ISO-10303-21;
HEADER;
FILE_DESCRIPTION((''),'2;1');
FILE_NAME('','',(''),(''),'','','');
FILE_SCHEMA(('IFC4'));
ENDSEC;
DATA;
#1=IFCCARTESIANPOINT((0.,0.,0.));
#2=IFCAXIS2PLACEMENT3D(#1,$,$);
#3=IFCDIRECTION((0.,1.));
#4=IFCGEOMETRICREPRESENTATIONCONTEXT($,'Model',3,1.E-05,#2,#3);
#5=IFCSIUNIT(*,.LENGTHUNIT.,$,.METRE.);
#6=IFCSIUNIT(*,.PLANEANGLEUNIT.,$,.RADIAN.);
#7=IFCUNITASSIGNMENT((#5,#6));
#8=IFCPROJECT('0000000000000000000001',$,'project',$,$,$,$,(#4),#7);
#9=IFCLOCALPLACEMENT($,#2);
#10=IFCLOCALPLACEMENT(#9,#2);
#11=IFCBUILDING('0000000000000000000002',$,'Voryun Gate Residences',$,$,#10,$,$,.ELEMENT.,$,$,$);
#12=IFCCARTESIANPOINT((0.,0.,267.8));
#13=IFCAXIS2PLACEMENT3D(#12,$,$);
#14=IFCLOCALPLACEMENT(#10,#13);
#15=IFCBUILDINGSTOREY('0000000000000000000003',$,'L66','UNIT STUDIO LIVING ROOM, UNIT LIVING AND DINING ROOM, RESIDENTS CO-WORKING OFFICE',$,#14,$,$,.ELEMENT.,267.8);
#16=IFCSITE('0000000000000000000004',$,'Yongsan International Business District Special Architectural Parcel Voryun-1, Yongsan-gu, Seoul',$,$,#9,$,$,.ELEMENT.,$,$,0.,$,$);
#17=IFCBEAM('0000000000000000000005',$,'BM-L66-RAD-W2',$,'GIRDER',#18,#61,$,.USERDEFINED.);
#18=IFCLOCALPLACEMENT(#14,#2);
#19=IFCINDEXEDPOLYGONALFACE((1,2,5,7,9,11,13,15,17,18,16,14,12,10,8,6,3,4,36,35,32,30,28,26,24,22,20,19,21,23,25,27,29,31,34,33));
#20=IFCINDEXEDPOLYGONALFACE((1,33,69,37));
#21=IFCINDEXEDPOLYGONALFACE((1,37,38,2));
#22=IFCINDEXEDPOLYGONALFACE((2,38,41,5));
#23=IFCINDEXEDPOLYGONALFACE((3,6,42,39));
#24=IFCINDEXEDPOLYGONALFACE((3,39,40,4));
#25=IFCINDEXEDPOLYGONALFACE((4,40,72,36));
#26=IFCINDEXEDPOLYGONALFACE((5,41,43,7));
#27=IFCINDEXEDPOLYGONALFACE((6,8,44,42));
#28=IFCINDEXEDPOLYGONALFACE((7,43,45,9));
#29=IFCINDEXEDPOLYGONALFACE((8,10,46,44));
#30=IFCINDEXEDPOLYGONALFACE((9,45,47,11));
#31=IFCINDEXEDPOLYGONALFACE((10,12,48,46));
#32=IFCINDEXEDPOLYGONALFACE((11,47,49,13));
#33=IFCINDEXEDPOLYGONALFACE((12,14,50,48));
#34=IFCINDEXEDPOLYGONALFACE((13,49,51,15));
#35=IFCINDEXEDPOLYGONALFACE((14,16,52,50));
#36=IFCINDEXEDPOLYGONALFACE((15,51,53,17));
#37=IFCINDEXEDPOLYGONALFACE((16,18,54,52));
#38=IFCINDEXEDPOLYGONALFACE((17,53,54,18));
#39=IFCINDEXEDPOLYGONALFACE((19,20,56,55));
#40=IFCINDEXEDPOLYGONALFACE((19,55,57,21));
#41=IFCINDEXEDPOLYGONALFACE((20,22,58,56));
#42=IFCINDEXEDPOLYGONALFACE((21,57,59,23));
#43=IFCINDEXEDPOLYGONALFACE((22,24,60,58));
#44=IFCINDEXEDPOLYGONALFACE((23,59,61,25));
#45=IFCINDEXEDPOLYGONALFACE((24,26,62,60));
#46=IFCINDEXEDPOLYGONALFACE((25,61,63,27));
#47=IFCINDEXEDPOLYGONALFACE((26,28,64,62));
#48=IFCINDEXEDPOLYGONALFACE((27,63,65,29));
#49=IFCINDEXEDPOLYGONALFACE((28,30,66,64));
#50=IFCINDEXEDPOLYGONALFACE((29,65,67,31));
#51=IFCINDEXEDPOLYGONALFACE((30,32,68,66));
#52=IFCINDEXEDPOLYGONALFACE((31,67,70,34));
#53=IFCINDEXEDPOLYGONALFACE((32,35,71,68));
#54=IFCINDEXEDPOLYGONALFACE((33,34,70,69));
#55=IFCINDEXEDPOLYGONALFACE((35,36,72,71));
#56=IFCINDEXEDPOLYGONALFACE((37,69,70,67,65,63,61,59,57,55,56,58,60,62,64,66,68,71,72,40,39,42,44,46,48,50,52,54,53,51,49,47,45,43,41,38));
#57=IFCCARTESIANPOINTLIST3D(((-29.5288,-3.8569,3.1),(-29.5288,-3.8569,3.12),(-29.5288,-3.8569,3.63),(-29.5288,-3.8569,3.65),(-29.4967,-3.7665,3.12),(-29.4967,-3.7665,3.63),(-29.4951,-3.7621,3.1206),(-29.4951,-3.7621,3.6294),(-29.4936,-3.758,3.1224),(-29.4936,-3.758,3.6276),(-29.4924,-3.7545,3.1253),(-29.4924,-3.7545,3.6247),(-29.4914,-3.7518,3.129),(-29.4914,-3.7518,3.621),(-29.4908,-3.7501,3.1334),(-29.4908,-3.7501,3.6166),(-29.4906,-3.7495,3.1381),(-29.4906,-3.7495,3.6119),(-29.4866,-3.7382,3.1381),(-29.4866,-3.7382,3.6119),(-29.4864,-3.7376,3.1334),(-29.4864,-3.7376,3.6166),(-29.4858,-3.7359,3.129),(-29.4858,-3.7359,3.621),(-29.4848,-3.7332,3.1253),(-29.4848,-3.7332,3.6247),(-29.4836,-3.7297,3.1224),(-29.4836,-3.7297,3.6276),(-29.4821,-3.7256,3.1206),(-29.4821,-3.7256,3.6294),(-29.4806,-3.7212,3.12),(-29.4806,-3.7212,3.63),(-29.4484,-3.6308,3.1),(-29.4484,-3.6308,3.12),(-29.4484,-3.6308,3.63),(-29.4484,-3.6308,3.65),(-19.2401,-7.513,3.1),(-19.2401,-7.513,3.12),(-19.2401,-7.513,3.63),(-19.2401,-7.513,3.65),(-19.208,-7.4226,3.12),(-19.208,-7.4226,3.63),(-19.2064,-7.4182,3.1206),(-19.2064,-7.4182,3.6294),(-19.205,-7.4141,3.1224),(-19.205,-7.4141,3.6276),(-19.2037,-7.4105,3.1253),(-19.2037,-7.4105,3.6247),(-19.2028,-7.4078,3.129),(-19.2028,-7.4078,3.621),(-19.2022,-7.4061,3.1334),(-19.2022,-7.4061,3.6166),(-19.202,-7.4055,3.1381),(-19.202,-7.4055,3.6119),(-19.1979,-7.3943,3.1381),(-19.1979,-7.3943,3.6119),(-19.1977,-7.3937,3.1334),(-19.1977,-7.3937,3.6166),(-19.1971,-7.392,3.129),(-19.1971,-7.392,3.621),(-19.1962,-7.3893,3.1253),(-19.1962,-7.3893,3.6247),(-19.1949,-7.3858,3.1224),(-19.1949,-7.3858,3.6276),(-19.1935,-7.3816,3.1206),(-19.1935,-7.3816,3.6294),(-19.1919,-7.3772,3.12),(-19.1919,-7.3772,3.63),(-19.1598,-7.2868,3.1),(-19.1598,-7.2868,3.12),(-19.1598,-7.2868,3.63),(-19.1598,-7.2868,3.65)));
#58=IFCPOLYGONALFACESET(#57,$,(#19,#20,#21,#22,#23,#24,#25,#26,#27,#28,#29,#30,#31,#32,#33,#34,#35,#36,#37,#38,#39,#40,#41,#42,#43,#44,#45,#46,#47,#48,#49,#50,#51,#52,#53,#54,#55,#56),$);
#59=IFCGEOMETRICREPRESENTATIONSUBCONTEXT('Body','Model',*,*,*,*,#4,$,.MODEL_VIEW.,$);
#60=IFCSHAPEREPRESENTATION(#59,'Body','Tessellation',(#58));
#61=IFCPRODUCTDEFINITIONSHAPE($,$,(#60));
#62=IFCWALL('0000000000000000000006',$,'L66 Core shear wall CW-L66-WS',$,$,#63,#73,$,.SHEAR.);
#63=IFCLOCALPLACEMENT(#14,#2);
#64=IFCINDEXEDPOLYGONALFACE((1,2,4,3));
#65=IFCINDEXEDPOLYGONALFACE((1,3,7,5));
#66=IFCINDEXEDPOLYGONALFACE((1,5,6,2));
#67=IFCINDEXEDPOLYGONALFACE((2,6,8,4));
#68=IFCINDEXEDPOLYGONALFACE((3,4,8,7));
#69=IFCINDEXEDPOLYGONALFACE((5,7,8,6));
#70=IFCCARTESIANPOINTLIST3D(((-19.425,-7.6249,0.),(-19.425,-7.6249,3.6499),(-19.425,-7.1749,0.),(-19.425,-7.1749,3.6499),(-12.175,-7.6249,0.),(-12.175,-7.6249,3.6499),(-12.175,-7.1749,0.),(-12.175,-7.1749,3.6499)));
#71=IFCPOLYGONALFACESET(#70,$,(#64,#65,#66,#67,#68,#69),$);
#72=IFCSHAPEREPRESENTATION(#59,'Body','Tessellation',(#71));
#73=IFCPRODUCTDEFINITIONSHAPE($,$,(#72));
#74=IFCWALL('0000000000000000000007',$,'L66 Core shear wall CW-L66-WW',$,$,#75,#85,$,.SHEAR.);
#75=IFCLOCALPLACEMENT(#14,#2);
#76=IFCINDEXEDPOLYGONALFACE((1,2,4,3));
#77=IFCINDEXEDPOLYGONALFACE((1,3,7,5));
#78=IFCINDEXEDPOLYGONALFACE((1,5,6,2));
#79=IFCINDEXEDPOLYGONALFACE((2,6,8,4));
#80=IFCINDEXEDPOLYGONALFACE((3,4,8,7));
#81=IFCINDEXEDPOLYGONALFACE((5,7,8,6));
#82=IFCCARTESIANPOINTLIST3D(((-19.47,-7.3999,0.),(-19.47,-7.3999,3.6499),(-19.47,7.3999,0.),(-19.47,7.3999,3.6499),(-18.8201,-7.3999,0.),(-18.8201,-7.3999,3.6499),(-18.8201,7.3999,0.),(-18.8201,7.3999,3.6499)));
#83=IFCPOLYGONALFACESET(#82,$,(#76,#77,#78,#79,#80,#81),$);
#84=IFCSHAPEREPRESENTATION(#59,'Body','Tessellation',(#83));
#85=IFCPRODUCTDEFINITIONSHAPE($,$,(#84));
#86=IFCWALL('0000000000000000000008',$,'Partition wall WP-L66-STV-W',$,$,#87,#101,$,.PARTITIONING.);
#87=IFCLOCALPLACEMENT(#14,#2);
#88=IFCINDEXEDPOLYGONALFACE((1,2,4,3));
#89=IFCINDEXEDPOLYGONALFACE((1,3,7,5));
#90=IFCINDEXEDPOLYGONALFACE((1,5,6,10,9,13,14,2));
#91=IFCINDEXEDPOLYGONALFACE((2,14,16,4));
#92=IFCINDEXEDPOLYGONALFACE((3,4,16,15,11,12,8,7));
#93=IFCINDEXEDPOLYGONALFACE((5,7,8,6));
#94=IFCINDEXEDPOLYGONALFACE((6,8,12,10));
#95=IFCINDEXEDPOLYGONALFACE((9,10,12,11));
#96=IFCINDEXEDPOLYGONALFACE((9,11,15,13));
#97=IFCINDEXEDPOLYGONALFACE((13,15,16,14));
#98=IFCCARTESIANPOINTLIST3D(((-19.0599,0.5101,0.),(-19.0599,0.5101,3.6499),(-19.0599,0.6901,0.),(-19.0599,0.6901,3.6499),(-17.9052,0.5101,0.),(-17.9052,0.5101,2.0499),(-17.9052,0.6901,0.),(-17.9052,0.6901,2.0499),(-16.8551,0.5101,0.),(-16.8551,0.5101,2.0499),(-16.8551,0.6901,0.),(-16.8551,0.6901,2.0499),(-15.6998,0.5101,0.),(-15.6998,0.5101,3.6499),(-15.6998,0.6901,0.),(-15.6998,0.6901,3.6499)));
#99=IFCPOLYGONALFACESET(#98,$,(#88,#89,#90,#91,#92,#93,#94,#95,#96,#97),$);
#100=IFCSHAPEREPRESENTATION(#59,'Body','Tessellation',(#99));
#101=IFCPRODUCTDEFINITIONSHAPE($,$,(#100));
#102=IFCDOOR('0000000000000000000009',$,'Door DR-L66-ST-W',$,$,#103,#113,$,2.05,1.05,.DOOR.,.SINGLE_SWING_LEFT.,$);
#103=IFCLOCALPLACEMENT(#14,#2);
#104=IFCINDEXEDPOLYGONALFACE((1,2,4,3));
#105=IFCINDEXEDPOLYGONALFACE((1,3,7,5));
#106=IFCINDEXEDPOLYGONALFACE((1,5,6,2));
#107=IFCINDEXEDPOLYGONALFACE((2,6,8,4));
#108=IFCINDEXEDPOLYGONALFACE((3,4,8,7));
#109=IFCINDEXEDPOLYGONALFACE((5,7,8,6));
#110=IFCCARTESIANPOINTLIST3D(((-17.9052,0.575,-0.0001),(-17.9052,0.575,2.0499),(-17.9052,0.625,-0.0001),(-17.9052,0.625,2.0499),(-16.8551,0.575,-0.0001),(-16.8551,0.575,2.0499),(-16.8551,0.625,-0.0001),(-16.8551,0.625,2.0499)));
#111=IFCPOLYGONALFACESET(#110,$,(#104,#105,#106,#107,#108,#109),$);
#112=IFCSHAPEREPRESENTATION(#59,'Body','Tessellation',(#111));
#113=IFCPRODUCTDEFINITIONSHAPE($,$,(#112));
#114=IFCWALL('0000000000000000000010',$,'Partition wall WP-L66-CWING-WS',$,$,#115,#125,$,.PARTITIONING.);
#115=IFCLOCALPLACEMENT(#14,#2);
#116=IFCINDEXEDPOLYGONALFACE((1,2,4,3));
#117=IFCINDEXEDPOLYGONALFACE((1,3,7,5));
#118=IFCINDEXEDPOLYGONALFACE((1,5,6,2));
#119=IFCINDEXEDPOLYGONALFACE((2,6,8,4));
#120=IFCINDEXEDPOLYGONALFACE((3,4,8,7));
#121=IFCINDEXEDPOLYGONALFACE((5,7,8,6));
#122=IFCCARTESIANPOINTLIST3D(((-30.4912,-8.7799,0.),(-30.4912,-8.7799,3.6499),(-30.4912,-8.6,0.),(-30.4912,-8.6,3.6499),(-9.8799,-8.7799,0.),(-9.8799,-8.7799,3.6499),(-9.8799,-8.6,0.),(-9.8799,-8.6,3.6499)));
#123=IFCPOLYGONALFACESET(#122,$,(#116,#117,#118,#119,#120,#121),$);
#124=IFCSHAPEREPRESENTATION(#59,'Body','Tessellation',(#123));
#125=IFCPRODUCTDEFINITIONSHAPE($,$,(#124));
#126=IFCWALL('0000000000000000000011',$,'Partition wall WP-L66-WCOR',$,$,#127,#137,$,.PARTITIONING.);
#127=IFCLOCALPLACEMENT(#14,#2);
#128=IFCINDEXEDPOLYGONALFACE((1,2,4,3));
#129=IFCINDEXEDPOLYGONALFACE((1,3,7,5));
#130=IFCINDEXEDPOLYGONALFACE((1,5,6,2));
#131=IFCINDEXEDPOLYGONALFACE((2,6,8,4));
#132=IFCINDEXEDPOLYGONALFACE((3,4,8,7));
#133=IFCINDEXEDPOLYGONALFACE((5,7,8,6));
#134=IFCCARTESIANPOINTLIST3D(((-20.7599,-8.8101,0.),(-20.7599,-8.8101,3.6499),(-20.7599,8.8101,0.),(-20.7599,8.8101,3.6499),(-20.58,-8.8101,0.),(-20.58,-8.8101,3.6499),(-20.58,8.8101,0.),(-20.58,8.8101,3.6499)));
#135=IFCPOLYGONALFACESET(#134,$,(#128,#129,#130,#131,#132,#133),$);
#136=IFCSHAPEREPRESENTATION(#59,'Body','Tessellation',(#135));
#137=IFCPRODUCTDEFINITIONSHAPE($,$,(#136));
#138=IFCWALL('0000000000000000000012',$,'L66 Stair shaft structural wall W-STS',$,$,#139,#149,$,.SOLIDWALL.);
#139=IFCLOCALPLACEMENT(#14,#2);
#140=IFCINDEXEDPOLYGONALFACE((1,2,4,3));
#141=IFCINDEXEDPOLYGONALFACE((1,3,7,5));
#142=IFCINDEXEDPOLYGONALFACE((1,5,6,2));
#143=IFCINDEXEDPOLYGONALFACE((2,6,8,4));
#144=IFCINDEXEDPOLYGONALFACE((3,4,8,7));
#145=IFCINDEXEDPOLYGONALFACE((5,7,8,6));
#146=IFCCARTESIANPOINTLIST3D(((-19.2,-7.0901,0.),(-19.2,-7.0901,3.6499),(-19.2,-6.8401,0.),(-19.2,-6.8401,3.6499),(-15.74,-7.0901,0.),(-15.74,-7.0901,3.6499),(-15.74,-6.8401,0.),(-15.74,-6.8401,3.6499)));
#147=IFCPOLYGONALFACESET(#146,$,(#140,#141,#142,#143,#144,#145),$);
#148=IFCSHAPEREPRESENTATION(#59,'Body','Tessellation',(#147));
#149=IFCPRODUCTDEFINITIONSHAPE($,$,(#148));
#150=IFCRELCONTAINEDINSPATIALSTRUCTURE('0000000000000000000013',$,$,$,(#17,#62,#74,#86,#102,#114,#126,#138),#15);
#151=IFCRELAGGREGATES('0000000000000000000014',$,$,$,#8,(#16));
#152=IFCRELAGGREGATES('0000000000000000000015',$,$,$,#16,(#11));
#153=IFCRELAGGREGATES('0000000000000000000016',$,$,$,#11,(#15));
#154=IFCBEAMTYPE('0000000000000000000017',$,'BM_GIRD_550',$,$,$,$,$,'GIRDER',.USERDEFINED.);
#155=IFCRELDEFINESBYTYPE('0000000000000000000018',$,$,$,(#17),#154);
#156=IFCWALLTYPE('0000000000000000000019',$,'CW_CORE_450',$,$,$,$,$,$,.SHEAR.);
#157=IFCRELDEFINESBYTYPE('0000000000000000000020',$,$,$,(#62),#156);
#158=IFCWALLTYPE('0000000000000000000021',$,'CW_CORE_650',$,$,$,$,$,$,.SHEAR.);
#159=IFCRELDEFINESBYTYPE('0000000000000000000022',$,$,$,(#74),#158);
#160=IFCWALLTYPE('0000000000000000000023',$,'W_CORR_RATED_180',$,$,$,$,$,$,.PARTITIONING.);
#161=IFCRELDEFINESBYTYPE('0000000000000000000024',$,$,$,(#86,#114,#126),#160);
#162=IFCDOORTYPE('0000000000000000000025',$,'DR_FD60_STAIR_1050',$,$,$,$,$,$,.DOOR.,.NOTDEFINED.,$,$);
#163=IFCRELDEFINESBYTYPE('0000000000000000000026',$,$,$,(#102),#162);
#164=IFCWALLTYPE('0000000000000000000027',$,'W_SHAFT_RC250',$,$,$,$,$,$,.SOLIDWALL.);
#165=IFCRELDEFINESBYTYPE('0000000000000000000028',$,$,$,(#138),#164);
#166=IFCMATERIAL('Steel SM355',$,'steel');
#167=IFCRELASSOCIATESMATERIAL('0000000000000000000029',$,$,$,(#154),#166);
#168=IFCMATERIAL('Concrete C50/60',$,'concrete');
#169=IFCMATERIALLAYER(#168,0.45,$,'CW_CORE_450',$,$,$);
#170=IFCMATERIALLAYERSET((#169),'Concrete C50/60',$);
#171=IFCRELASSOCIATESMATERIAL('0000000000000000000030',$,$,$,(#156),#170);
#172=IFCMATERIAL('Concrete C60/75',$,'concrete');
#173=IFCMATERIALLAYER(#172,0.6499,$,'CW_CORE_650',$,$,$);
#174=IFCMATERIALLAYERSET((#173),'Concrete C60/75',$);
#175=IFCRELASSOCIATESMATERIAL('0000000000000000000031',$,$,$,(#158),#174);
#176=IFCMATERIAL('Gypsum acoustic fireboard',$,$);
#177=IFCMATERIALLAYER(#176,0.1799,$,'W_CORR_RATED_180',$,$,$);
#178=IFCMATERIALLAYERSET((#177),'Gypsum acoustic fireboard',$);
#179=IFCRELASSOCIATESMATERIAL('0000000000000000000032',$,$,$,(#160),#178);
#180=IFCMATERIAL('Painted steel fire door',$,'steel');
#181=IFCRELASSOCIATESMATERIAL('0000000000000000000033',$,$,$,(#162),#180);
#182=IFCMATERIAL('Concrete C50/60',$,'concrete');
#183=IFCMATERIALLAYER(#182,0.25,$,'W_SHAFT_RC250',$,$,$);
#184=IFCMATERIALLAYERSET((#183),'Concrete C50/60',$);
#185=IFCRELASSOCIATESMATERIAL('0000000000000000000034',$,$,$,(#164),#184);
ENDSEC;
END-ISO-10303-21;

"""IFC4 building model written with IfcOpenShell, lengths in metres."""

from ifc_helpers import new_model, si_unit, direction, frame, frame_2d, origin, origin_2d, place, context, subcontext, project, spatial, rectangle, i_section, extrude, material, layer, layer_set, material_profile, profile_set, type_object, element, fill, save


model = new_model("IFC4")

# Units and contexts
model_context = context("Model", 3, precision=1e-05, world=origin(), true_north=direction((0.0, 1.0)))
body_context = subcontext(model_context, "Body", "Model", "MODEL_VIEW")
ifc_project = project(units=[si_unit("LENGTHUNIT", "METRE"), si_unit("PLANEANGLEUNIT", "RADIAN")], contexts=[model_context])

# Site, building, storey
site_placement = place(None, origin())
site = spatial("IfcSite", under=ifc_project, at=site_placement, Name="Yongsan International Business District Special Architectural Parcel Voryun-1, Yongsan-gu, Seoul", CompositionType="ELEMENT", RefElevation=0.0)
building_placement = place(site_placement, origin())
building = spatial("IfcBuilding", under=site, at=building_placement, Name="Voryun Gate Residences", CompositionType="ELEMENT")
storey_placement = place(building_placement, frame((0.0, 0.0, 267.8)))
storey = spatial("IfcBuildingStorey", under=building, at=storey_placement, Name="L66", Description="UNIT STUDIO LIVING ROOM, UNIT LIVING AND DINING ROOM, RESIDENTS CO-WORKING OFFICE", CompositionType="ELEMENT", Elevation=267.8)

# Beam
ifc_material_1 = material(Name="Steel SM355", Category="steel")
ifc_material_profile_1 = material_profile(ifc_material_1, i_section(OverallWidth=0.24, OverallDepth=0.55, WebThickness=0.012, FlangeThickness=0.02, FilletRadius=0.0181, at=origin_2d()), Name="H-550x240x12x20")
ifc_profile_set_1 = profile_set([ifc_material_profile_1], Name="Steel SM355")
beam_type_1 = type_object("IfcBeamType", Name="BM_GIRD_550", ElementType="GIRDER", PredefinedType="USERDEFINED", material=ifc_profile_set_1)
beam_1_placement = place(storey_placement, frame((-19.2, -7.3999, 3.375), z_axis=(-0.942277, 0.334835, 0.0), x_axis=(-0.334835, -0.942277, 0.0)))
element("IfcBeam", 1, at=beam_1_placement, inside=storey, type_object=beam_type_1, Name="BM-L66-RAD-W2", ObjectType="GIRDER", PredefinedType="USERDEFINED", context=body_context, shape_type="SweptSolid", body=[
    extrude(i_section(OverallWidth=0.24, OverallDepth=0.55, WebThickness=0.012, FlangeThickness=0.02, FilletRadius=0.0181, at=origin_2d()), origin(), (0.0, 0.0, 1.0), 10.9189),
])

# Walls
ifc_material_2 = material(Name="Concrete C50/60", Category="concrete")
ifc_layer_1 = layer(ifc_material_2, 0.45, Name="CW_CORE_450")
ifc_layer_set_1 = layer_set([ifc_layer_1], Name="Concrete C50/60")
wall_type_1 = type_object("IfcWallType", Name="CW_CORE_450", PredefinedType="SHEAR", material=ifc_layer_set_1)
wall_1_placement = place(storey_placement, frame((-19.425, -7.3999, 0.0), z_axis=(0.0, 0.0, 1.0), x_axis=(1.0, 0.0, 0.0)))
element("IfcWall", 2, at=wall_1_placement, inside=storey, type_object=wall_type_1, Name="L66 Core shear wall CW-L66-WS", PredefinedType="SHEAR", context=body_context, shape_type="SweptSolid", body=[
    extrude(rectangle(XDim=7.25, YDim=0.45, at=frame_2d((3.625, 0.0))), origin(), (0.0, 0.0, 1.0), 3.6499),
])
ifc_material_3 = material(Name="Concrete C60/75", Category="concrete")
ifc_layer_2 = layer(ifc_material_3, 0.6499, Name="CW_CORE_650")
ifc_layer_set_2 = layer_set([ifc_layer_2], Name="Concrete C60/75")
wall_type_2 = type_object("IfcWallType", Name="CW_CORE_650", PredefinedType="SHEAR", material=ifc_layer_set_2)
wall_2_placement = place(storey_placement, frame((-19.145, -7.3999, 0.0), z_axis=(0.0, 0.0, 1.0), x_axis=(0.0, 1.0, 0.0)))
element("IfcWall", 3, at=wall_2_placement, inside=storey, type_object=wall_type_2, Name="L66 Core shear wall CW-L66-WW", PredefinedType="SHEAR", context=body_context, shape_type="SweptSolid", body=[
    extrude(rectangle(XDim=14.7998, YDim=0.6499, at=frame_2d((7.3999, 0.0))), origin(), (0.0, 0.0, 1.0), 3.6499),
])

# Wall, opening, door
ifc_material_4 = material(Name="Gypsum acoustic fireboard")
ifc_layer_3 = layer(ifc_material_4, 0.1799, Name="W_CORR_RATED_180")
ifc_layer_set_3 = layer_set([ifc_layer_3], Name="Gypsum acoustic fireboard")
wall_type_3 = type_object("IfcWallType", Name="W_CORR_RATED_180", PredefinedType="PARTITIONING", material=ifc_layer_set_3)
wall_3_placement = place(storey_placement, frame((-19.0601, 0.6001, 0.0), z_axis=(0.0, 0.0, 1.0), x_axis=(1.0, 0.0, 0.0)))
wall_3 = element("IfcWall", 4, at=wall_3_placement, inside=storey, type_object=wall_type_3, Name="Partition wall WP-L66-STV-W", PredefinedType="PARTITIONING", context=body_context, shape_type="SweptSolid", body=[
    extrude(rectangle(XDim=3.3601, YDim=0.1799, at=frame_2d((1.6802, 0.0))), origin(), (0.0, 0.0, 1.0), 3.6499),
])
opening_1_placement = place(wall_3_placement, frame((1.155, 0.0, 0.0)))
opening_1 = element("IfcOpeningElement", 5, at=opening_1_placement, cuts=wall_3, PredefinedType="OPENING", context=body_context, shape_type="SweptSolid", body=[
    extrude(rectangle(XDim=1.05, YDim=2.05, at=frame_2d((0.5249, 1.0249))), frame((0.0, 0.0999, 0.0), z_axis=(0.0, -1.0, 0.0), x_axis=(1.0, 0.0, 0.0)), (0.0, 0.0, 1.0), 0.2),
])
ifc_material_5 = material(Name="Painted steel fire door", Category="steel")
door_type_1 = type_object("IfcDoorType", Name="DR_FD60_STAIR_1050", OperationType="NOTDEFINED", PredefinedType="DOOR", material=ifc_material_5)
door_1_placement = place(opening_1_placement, origin())
door_1 = element("IfcDoor", 6, at=door_1_placement, inside=storey, type_object=door_type_1, Name="Door DR-L66-ST-W", OperationType="SINGLE_SWING_LEFT", OverallHeight=2.05, OverallWidth=1.05, PredefinedType="DOOR", context=body_context, shape_type="SweptSolid", body=[
    extrude(rectangle(XDim=1.05, YDim=2.05, at=frame_2d((0.5249, 1.0249))), frame((0.0, 0.0249, 0.0), z_axis=(0.0, -1.0, 0.0), x_axis=(1.0, 0.0, 0.0)), (0.0, 0.0, 1.0), 0.05),
])
fill(opening_1, door_1)

# Walls
wall_4_placement = place(storey_placement, frame((-30.4912, -8.6899, 0.0), z_axis=(0.0, 0.0, 1.0), x_axis=(1.0, 0.0, 0.0)))
element("IfcWall", 7, at=wall_4_placement, inside=storey, type_object=wall_type_3, Name="Partition wall WP-L66-CWING-WS", PredefinedType="PARTITIONING", context=body_context, shape_type="SweptSolid", body=[
    extrude(rectangle(XDim=20.6113, YDim=0.1799, at=frame_2d((10.3057, 0.0))), origin(), (0.0, 0.0, 1.0), 3.6499),
])
wall_5_placement = place(storey_placement, frame((-20.6699, -8.8101, 0.0), z_axis=(0.0, 0.0, 1.0), x_axis=(0.0, 1.0, 0.0)))
element("IfcWall", 8, at=wall_5_placement, inside=storey, type_object=wall_type_3, Name="Partition wall WP-L66-WCOR", PredefinedType="PARTITIONING", context=body_context, shape_type="SweptSolid", body=[
    extrude(rectangle(XDim=17.6201, YDim=0.1799, at=frame_2d((8.8101, 0.0))), origin(), (0.0, 0.0, 1.0), 3.6499),
])
ifc_material_6 = material(Name="Concrete C50/60", Category="concrete")
ifc_layer_4 = layer(ifc_material_6, 0.25, Name="W_SHAFT_RC250")
ifc_layer_set_4 = layer_set([ifc_layer_4], Name="Concrete C50/60")
wall_type_4 = type_object("IfcWallType", Name="W_SHAFT_RC250", PredefinedType="SOLIDWALL", material=ifc_layer_set_4)
wall_6_placement = place(storey_placement, frame((-19.2, -6.9651, 0.0), z_axis=(0.0, 0.0, 1.0), x_axis=(1.0, 0.0, 0.0)))
element("IfcWall", 9, at=wall_6_placement, inside=storey, type_object=wall_type_4, Name="L66 Stair shaft structural wall W-STS", PredefinedType="SOLIDWALL", context=body_context, shape_type="SweptSolid", body=[
    extrude(rectangle(XDim=3.46, YDim=0.25, at=frame_2d((1.73, 0.0))), origin(), (0.0, 0.0, 1.0), 3.6499),
])

save(model, "model.ifc")
